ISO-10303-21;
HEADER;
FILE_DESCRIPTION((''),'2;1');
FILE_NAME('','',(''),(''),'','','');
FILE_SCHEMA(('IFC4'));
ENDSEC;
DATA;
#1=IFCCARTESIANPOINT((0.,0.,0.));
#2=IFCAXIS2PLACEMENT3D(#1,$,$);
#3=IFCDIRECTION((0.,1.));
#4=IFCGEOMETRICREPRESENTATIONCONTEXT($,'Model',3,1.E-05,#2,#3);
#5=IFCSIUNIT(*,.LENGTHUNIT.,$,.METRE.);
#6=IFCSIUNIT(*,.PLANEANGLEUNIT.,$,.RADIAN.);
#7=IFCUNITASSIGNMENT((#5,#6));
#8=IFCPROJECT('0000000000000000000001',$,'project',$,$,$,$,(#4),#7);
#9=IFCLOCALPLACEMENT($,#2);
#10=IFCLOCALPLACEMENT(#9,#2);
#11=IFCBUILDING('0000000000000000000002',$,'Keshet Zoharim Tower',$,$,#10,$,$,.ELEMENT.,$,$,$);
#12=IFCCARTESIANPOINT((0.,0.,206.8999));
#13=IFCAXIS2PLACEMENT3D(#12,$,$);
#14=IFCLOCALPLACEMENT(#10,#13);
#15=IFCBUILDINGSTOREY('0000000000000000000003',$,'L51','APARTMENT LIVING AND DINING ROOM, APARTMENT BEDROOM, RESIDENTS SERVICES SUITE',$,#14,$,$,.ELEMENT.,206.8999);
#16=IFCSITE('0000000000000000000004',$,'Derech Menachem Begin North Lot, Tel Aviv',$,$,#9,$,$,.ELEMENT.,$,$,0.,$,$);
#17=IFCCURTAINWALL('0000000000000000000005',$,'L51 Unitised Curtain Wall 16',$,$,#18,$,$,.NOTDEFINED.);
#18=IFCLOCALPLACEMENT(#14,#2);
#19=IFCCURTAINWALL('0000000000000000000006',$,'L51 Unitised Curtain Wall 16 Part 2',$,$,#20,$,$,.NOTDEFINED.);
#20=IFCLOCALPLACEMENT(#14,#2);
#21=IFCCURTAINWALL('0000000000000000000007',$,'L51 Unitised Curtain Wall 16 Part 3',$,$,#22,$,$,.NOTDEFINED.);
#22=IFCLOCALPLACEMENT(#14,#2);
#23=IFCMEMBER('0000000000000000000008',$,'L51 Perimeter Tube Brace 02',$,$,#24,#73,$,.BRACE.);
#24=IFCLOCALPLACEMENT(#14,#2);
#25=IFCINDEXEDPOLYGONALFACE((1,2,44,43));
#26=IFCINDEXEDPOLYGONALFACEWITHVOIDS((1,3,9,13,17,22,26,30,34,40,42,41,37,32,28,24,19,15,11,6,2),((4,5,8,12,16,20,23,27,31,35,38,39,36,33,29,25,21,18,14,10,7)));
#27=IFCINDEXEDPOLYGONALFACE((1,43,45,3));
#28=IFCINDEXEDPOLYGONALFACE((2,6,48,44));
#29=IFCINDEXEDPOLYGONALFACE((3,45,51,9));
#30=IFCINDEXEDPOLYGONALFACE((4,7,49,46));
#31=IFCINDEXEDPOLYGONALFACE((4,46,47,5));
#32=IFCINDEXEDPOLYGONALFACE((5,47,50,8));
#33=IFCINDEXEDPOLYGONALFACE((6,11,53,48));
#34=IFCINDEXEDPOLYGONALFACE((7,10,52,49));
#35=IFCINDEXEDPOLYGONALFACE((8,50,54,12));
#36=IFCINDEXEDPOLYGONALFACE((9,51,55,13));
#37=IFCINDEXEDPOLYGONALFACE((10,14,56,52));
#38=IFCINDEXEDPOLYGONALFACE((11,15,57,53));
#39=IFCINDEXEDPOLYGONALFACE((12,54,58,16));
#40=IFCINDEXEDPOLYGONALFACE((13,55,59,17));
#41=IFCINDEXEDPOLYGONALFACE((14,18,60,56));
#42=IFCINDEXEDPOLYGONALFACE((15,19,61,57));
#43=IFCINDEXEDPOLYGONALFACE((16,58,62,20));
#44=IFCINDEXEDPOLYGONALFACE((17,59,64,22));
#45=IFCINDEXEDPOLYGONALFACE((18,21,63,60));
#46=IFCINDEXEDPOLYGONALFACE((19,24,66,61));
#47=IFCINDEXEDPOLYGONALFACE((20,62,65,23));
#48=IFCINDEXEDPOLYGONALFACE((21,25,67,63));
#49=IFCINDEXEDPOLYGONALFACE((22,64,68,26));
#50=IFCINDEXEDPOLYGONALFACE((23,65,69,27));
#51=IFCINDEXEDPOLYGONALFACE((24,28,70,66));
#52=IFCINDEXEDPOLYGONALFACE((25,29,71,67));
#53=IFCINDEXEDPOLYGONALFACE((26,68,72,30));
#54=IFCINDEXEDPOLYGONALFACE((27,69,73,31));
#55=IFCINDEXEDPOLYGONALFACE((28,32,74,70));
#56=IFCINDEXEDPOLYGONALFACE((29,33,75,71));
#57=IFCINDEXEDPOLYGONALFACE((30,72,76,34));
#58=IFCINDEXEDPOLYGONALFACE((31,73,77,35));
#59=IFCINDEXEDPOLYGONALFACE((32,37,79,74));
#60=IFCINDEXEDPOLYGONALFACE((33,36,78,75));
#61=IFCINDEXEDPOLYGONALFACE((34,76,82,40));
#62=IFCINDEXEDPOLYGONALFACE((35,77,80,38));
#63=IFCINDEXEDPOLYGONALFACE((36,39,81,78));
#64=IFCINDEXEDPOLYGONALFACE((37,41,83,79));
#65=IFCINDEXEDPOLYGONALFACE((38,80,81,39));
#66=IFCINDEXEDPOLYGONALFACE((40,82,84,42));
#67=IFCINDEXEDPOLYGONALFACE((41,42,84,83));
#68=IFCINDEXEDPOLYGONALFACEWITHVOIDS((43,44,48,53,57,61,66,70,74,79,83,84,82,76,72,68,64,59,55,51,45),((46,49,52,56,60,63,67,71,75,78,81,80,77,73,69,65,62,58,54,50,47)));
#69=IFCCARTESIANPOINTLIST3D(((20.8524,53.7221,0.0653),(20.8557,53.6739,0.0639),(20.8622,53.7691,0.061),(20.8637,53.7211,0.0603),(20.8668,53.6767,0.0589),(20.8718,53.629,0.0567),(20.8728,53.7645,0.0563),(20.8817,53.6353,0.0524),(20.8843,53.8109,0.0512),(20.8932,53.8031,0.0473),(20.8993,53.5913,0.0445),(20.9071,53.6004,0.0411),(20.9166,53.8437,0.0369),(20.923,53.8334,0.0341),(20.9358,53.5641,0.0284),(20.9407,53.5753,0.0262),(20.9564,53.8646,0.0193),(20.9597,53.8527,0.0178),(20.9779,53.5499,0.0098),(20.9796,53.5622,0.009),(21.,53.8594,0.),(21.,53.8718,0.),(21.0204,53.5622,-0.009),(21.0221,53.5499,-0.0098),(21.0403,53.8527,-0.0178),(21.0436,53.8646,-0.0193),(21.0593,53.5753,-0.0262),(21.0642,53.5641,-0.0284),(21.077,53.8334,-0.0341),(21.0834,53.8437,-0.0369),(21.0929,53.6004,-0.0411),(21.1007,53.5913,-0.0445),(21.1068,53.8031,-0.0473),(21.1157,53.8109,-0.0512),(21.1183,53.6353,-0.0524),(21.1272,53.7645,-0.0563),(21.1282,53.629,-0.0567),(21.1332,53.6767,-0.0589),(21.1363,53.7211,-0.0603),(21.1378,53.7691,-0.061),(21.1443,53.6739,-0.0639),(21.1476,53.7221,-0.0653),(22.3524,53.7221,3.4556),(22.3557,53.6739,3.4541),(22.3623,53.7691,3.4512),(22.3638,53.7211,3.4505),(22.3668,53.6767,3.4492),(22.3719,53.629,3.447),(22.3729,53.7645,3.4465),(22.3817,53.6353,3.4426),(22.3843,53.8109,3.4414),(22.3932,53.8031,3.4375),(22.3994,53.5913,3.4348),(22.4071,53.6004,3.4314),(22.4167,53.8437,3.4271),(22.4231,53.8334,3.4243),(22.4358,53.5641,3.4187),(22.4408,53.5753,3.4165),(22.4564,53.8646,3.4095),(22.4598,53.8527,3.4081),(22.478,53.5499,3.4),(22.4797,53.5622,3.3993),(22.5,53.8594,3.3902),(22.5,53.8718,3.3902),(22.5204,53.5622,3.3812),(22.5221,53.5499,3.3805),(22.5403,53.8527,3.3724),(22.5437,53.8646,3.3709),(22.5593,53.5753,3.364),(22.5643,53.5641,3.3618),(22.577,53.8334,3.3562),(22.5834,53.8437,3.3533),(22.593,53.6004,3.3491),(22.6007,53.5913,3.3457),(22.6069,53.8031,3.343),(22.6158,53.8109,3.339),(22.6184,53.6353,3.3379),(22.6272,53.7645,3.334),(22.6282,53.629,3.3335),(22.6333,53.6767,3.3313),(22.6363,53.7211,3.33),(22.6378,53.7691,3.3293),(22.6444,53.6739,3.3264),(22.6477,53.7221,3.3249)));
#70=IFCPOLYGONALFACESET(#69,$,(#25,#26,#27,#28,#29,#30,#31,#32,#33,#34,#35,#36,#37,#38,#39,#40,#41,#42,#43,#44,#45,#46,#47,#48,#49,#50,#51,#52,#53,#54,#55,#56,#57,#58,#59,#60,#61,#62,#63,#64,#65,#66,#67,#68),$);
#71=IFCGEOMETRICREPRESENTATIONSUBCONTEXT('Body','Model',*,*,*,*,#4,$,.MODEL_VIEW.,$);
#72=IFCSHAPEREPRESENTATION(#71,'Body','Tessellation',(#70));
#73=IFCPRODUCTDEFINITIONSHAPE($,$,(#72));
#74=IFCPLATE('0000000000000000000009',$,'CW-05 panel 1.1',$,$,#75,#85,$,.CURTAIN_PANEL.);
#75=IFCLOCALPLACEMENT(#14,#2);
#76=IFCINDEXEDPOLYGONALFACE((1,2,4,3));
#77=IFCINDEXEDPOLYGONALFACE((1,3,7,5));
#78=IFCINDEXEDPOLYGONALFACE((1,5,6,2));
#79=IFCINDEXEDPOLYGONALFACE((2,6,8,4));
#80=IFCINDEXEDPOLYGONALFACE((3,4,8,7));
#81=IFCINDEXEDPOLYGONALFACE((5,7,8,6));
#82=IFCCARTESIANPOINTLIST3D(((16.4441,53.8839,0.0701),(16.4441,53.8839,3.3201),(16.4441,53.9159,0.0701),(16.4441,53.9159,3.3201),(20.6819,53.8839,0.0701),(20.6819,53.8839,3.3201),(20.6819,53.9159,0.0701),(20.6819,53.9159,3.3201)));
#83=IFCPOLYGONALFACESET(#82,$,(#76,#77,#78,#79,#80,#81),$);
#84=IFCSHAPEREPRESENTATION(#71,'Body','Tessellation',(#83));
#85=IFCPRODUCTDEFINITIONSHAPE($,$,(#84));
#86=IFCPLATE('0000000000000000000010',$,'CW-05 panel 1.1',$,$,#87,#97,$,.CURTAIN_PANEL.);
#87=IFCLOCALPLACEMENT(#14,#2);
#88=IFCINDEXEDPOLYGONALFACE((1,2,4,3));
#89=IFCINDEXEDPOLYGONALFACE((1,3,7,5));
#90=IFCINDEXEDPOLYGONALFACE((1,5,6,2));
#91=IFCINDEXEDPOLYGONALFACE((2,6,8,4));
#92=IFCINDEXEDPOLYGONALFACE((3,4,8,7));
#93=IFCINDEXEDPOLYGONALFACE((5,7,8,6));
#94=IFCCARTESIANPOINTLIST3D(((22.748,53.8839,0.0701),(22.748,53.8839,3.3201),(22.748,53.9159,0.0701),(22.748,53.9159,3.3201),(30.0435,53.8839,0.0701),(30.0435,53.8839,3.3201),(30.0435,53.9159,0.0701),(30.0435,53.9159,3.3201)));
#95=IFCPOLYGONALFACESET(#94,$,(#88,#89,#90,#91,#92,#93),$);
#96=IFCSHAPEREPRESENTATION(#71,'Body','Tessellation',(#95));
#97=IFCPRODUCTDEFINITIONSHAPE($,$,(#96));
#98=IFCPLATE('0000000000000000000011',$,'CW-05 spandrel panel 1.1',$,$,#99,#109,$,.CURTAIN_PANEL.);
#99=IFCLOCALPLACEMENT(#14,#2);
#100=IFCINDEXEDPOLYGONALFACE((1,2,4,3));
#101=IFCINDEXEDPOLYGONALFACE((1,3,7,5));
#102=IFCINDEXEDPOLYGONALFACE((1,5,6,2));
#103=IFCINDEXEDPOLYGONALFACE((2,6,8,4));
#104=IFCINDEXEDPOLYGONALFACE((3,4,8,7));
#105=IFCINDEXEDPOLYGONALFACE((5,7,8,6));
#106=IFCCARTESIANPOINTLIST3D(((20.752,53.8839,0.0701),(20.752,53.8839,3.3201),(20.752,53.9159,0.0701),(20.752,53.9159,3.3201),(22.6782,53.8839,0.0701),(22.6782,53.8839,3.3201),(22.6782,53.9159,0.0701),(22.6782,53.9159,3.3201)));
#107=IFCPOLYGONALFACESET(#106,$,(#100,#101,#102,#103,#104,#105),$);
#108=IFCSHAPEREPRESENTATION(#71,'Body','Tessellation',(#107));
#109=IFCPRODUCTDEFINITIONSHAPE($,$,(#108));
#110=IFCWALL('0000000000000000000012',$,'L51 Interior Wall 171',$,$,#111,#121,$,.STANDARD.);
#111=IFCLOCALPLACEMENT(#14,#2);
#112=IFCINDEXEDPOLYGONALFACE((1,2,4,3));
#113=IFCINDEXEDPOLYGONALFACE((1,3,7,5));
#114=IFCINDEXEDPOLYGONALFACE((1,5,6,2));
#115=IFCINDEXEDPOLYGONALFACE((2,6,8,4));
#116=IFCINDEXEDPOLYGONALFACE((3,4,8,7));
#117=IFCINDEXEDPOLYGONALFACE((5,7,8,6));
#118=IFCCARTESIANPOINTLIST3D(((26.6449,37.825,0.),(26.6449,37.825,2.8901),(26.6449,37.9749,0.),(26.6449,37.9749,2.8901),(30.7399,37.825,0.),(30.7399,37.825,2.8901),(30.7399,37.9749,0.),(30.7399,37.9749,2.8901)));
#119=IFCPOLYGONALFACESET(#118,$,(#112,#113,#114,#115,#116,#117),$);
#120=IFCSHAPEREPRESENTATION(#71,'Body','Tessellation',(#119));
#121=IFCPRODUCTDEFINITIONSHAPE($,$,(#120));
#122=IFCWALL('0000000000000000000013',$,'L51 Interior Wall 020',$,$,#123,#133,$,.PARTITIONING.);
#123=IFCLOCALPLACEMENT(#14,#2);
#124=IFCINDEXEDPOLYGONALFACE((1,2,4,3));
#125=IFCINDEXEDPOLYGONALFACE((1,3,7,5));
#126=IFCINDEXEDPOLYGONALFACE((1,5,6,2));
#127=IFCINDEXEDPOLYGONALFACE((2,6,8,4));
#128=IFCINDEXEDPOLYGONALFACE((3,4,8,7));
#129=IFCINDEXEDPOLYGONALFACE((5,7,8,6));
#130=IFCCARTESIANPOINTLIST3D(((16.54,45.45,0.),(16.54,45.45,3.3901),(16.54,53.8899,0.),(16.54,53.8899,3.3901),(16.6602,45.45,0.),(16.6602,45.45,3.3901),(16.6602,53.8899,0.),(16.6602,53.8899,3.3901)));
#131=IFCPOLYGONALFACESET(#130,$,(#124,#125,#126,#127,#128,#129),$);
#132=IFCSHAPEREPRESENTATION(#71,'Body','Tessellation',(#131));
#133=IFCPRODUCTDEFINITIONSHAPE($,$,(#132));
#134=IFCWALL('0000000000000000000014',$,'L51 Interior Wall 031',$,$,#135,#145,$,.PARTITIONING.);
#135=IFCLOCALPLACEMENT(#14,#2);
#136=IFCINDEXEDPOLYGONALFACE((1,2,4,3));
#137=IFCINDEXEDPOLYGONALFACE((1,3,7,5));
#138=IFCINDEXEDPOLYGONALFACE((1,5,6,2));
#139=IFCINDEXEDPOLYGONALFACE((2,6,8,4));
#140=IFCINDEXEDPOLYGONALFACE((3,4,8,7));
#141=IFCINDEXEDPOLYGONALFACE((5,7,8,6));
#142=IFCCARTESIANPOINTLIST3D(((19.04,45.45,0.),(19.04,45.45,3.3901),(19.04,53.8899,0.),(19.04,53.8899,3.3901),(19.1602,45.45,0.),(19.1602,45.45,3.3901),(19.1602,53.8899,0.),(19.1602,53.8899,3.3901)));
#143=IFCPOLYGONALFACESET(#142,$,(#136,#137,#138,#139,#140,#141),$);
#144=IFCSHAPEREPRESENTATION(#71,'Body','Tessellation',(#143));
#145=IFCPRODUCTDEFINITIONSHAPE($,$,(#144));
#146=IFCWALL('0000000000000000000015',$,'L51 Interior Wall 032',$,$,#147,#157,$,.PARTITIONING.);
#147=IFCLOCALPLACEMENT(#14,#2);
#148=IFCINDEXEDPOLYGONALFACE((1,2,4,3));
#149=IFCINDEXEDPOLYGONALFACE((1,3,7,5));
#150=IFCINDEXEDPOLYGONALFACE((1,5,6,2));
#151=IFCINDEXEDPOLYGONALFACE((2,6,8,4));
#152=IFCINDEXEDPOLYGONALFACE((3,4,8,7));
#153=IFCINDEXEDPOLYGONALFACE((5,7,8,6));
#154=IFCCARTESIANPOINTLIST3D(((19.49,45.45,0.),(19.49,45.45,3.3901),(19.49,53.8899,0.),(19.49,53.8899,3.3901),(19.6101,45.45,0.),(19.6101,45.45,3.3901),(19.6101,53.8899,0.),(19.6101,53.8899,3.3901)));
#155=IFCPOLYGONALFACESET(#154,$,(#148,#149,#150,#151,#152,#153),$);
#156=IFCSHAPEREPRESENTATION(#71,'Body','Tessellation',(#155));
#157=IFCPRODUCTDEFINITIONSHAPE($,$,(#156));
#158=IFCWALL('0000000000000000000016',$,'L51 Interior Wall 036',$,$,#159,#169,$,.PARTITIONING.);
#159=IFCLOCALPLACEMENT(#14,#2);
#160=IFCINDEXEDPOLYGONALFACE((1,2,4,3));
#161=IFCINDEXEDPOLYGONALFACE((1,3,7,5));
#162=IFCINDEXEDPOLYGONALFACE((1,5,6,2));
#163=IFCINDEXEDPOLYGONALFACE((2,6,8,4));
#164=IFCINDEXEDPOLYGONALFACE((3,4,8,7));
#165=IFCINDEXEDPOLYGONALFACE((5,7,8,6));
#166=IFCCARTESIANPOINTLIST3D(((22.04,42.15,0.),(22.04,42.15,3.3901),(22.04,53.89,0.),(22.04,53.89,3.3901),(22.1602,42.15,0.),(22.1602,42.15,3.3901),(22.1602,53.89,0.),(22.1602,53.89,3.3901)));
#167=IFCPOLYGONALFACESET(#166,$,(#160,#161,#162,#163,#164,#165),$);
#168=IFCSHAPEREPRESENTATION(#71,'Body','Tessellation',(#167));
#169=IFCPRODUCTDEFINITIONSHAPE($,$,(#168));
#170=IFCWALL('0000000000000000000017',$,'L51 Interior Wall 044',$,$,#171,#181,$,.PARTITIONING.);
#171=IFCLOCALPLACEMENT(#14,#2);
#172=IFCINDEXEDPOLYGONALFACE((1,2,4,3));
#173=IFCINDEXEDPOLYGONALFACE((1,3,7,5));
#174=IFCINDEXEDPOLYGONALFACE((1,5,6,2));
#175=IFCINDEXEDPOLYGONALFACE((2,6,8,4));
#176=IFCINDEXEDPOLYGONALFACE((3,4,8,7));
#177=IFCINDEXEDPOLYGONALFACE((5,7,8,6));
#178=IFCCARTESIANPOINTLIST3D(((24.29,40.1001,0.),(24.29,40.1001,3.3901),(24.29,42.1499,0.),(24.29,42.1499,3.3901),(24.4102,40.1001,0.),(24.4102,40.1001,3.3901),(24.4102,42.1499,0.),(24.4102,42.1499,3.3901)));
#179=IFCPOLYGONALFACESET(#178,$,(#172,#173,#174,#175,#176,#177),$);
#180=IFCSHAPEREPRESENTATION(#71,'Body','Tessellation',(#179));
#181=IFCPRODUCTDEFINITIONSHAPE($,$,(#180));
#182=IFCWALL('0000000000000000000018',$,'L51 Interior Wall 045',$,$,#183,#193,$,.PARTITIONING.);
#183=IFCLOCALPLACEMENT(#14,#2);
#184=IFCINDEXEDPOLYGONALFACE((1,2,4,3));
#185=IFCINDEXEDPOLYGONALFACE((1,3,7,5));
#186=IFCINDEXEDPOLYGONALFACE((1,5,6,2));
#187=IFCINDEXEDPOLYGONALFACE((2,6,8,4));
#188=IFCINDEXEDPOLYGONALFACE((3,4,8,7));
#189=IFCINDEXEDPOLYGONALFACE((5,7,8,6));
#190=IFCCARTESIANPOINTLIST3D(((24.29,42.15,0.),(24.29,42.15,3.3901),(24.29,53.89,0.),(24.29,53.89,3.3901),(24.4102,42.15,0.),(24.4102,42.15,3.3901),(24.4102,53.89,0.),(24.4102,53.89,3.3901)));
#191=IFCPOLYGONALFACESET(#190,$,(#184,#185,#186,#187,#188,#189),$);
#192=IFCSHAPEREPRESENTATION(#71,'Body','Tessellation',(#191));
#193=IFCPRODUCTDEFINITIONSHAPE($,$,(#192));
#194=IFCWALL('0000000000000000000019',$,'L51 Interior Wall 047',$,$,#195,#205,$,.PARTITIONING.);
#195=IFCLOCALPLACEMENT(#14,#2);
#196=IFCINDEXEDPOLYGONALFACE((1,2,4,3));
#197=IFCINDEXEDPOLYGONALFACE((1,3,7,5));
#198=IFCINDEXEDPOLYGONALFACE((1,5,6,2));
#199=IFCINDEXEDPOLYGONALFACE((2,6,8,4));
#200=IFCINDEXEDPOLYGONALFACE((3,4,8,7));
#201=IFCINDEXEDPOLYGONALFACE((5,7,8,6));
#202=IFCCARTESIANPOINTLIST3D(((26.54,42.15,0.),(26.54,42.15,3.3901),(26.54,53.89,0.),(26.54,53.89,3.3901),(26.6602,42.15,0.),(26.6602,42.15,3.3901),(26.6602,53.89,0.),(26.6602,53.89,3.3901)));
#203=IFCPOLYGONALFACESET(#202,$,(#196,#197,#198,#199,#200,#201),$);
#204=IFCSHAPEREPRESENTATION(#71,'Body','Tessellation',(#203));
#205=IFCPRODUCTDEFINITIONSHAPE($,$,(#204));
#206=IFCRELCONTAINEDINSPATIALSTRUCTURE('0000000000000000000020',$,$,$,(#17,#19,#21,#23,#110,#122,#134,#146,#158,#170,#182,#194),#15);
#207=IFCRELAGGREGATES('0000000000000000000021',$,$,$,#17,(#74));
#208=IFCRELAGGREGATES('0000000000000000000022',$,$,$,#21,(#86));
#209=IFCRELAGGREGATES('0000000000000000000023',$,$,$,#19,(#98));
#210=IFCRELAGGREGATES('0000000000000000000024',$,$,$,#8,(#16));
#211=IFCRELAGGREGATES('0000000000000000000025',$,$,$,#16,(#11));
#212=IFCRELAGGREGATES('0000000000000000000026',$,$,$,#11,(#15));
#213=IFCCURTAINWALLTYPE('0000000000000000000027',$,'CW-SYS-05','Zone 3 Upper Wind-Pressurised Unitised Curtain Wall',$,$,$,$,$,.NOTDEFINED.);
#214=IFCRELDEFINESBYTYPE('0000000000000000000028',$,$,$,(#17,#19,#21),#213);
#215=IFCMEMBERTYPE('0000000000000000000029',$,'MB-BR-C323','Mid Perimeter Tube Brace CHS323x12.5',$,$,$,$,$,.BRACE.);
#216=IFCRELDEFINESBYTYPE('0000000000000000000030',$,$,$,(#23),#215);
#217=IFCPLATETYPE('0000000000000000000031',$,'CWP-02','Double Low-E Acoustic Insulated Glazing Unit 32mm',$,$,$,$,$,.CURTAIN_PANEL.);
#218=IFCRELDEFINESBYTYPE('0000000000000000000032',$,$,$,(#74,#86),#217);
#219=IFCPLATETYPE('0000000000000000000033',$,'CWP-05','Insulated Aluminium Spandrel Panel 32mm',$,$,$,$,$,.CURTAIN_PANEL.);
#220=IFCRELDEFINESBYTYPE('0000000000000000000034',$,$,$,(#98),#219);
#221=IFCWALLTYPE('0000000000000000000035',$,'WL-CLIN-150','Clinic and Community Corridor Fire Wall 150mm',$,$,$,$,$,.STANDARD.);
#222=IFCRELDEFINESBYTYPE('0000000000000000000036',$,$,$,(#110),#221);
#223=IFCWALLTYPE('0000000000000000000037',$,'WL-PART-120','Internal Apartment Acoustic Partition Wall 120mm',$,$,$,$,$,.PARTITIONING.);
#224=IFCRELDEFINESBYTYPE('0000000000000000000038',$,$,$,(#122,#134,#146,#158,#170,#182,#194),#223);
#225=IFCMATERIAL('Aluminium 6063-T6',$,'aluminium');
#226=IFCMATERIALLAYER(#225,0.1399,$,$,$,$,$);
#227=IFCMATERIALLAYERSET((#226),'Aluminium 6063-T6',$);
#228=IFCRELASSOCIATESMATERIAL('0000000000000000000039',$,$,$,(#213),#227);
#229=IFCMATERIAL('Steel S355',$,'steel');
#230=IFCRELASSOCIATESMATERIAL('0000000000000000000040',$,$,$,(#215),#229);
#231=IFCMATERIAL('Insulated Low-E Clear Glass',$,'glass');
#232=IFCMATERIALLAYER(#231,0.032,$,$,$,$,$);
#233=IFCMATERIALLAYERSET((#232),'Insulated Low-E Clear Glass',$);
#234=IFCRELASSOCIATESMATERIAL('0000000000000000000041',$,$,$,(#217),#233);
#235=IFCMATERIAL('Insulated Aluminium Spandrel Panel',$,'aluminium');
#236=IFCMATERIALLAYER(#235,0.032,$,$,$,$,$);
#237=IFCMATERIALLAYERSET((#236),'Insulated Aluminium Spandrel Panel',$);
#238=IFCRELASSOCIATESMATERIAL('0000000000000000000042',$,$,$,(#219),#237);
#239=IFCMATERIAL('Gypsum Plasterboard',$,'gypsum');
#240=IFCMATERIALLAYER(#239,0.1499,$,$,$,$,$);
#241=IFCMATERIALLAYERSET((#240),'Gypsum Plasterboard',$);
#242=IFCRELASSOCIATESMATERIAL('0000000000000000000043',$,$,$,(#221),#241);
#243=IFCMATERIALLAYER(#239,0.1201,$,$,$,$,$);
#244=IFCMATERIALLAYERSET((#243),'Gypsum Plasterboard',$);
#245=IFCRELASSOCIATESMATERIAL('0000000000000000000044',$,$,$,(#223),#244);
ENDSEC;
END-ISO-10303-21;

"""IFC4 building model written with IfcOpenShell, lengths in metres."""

from ifc_helpers import new_model, si_unit, direction, frame, frame_2d, origin, origin_2d, place, context, subcontext, project, spatial, rectangle, hollow_circle, extrude, material, layer, layer_set, material_profile, profile_set, type_object, element, aggregate, save


model = new_model("IFC4")

# Units and contexts
model_context = context("Model", 3, precision=1e-05, world=origin(), true_north=direction((0.0, 1.0)))
body_context = subcontext(model_context, "Body", "Model", "MODEL_VIEW")
ifc_project = project(units=[si_unit("LENGTHUNIT", "METRE"), si_unit("PLANEANGLEUNIT", "RADIAN")], contexts=[model_context])

# Site, building, storey
site_placement = place(None, origin())
site = spatial("IfcSite", under=ifc_project, at=site_placement, Name="Derech Menachem Begin North Lot, Tel Aviv", CompositionType="ELEMENT", RefElevation=0.0)
building_placement = place(site_placement, origin())
building = spatial("IfcBuilding", under=site, at=building_placement, Name="Keshet Zoharim Tower", CompositionType="ELEMENT")
storey_placement = place(building_placement, frame((0.0, 0.0, 206.8999)))
storey = spatial("IfcBuildingStorey", under=building, at=storey_placement, Name="L51", Description="APARTMENT LIVING AND DINING ROOM, APARTMENT BEDROOM, RESIDENTS SERVICES SUITE", CompositionType="ELEMENT", Elevation=206.8999)

# Shared definitions
ifc_material_1 = material(Name="Steel S355", Category="steel")

# Curtain walls
ifc_material_2 = material(Name="Aluminium 6063-T6", Category="aluminium")
ifc_layer_1 = layer(ifc_material_2, 0.1399)
ifc_layer_set_1 = layer_set([ifc_layer_1], Name="Aluminium 6063-T6")
curtain_wall_type = type_object("IfcCurtainWallType", Name="CW-SYS-05", Description="Zone 3 Upper Wind-Pressurised Unitised Curtain Wall", PredefinedType="NOTDEFINED", material=ifc_layer_set_1)
curtain_wall_1_placement = place(storey_placement, origin())
curtain_wall_1 = element("IfcCurtainWall", 1, at=curtain_wall_1_placement, inside=storey, type_object=curtain_wall_type, Name="L51 Unitised Curtain Wall 16", PredefinedType="NOTDEFINED")
curtain_wall_2_placement = place(storey_placement, origin())
curtain_wall_2 = element("IfcCurtainWall", 2, at=curtain_wall_2_placement, inside=storey, type_object=curtain_wall_type, Name="L51 Unitised Curtain Wall 16 Part 2", PredefinedType="NOTDEFINED")

# Curtain wall
curtain_wall_3_placement = place(storey_placement, origin())
curtain_wall_3 = element("IfcCurtainWall", 3, at=curtain_wall_3_placement, inside=storey, type_object=curtain_wall_type, Name="L51 Unitised Curtain Wall 16 Part 3", PredefinedType="NOTDEFINED")

# Member
ifc_material_profile_1 = material_profile(ifc_material_1, hollow_circle(Radius=0.1619, WallThickness=0.0125, at=origin_2d()), Name="CHS323x12.5")
ifc_profile_set_1 = profile_set([ifc_material_profile_1], Name="Steel S355")
member_type_1 = type_object("IfcMemberType", Name="MB-BR-C323", Description="Mid Perimeter Tube Brace CHS323x12.5", PredefinedType="BRACE", material=ifc_profile_set_1)
member_1_placement = place(storey_placement, frame((21.0, 53.71, 0.0), z_axis=(0.404623, 0.0, 0.914484), x_axis=(0.0, 1.0, 0.0)))
element("IfcMember", 4, at=member_1_placement, inside=storey, type_object=member_type_1, Name="L51 Perimeter Tube Brace 02", PredefinedType="BRACE", context=body_context, shape_type="SweptSolid", body=[
    extrude(hollow_circle(Radius=0.1619, WallThickness=0.0125, at=origin_2d()), origin(), (0.0, 0.0, 1.0), 3.7073),
])

# Plates
ifc_material_3 = material(Name="Insulated Low-E Clear Glass", Category="glass")
ifc_layer_2 = layer(ifc_material_3, 0.032)
ifc_layer_set_2 = layer_set([ifc_layer_2], Name="Insulated Low-E Clear Glass")
plate_type_1 = type_object("IfcPlateType", Name="CWP-02", Description="Double Low-E Acoustic Insulated Glazing Unit 32mm", PredefinedType="CURTAIN_PANEL", material=ifc_layer_set_2)
plate_1_placement = place(storey_placement, frame((18.563, 53.8999, 0.0701), z_axis=(0.0, 0.0, 1.0), x_axis=(1.0, 0.0, 0.0)))
plate_1 = element("IfcPlate", 5, at=plate_1_placement, type_object=plate_type_1, Name="CW-05 panel 1.1", PredefinedType="CURTAIN_PANEL", context=body_context, shape_type="SweptSolid", body=[
    extrude(rectangle(XDim=4.2378, YDim=0.032, at=origin_2d()), origin(), (0.0, 0.0, 1.0), 3.25),
])
aggregate(curtain_wall_1, [plate_1])
plate_2_placement = place(storey_placement, frame((26.3958, 53.8999, 0.0701), z_axis=(0.0, 0.0, 1.0), x_axis=(1.0, 0.0, 0.0)))
plate_2 = element("IfcPlate", 6, at=plate_2_placement, type_object=plate_type_1, Name="CW-05 panel 1.1", PredefinedType="CURTAIN_PANEL", context=body_context, shape_type="SweptSolid", body=[
    extrude(rectangle(XDim=7.2954, YDim=0.032, at=origin_2d()), origin(), (0.0, 0.0, 1.0), 3.25),
])
aggregate(curtain_wall_3, [plate_2])
ifc_material_4 = material(Name="Insulated Aluminium Spandrel Panel", Category="aluminium")
ifc_layer_3 = layer(ifc_material_4, 0.032)
ifc_layer_set_3 = layer_set([ifc_layer_3], Name="Insulated Aluminium Spandrel Panel")
plate_type_2 = type_object("IfcPlateType", Name="CWP-05", Description="Insulated Aluminium Spandrel Panel 32mm", PredefinedType="CURTAIN_PANEL", material=ifc_layer_set_3)
plate_3_placement = place(storey_placement, frame((21.7151, 53.8999, 0.0701), z_axis=(0.0, 0.0, 1.0), x_axis=(1.0, 0.0, 0.0)))
plate_3 = element("IfcPlate", 7, at=plate_3_placement, type_object=plate_type_2, Name="CW-05 spandrel panel 1.1", PredefinedType="CURTAIN_PANEL", context=body_context, shape_type="SweptSolid", body=[
    extrude(rectangle(XDim=1.9263, YDim=0.032, at=origin_2d()), origin(), (0.0, 0.0, 1.0), 3.25),
])
aggregate(curtain_wall_2, [plate_3])

# Wall
ifc_material_5 = material(Name="Gypsum Plasterboard", Category="gypsum")
ifc_layer_4 = layer(ifc_material_5, 0.1499)
ifc_layer_set_4 = layer_set([ifc_layer_4], Name="Gypsum Plasterboard")
wall_type_1 = type_object("IfcWallType", Name="WL-CLIN-150", Description="Clinic and Community Corridor Fire Wall 150mm", PredefinedType="STANDARD", material=ifc_layer_set_4)
wall_1_placement = place(storey_placement, frame((26.645, 37.8999, 0.0), z_axis=(0.0, 0.0, 1.0), x_axis=(1.0, 0.0, 0.0)))
element("IfcWall", 8, at=wall_1_placement, inside=storey, type_object=wall_type_1, Name="L51 Interior Wall 171", PredefinedType="STANDARD", context=body_context, shape_type="SweptSolid", body=[
    extrude(rectangle(XDim=4.095, YDim=0.1499, at=frame_2d((2.0474, 0.0))), origin(), (0.0, 0.0, 1.0), 2.8901),
])

# Walls
ifc_layer_5 = layer(ifc_material_5, 0.1201)
ifc_layer_set_5 = layer_set([ifc_layer_5], Name="Gypsum Plasterboard")
wall_type_2 = type_object("IfcWallType", Name="WL-PART-120", Description="Internal Apartment Acoustic Partition Wall 120mm", PredefinedType="PARTITIONING", material=ifc_layer_set_5)
for number, where, z_axis, x_axis, name in (
    (9, (16.6001, 45.45, 0.0), (0.0, 0.0, 1.0), (0.0, 1.0, 0.0), "L51 Interior Wall 020"),
    (10, (19.1001, 45.45, 0.0), (0.0, 0.0, 1.0), (0.0, 1.0, 0.0), "L51 Interior Wall 031"),
    (11, (19.55, 45.45, 0.0), (0.0, 0.0, 1.0), (0.0, 1.0, 0.0), "L51 Interior Wall 032"),
):
    element("IfcWall", number, at=place(storey_placement, frame(where, z_axis=z_axis, x_axis=x_axis)), inside=storey, type_object=wall_type_2, Name=name, PredefinedType="PARTITIONING", context=body_context, shape_type="SweptSolid", body=[
        extrude(rectangle(XDim=8.4399, YDim=0.1201, at=frame_2d((4.22, 0.0))), origin(), (0.0, 0.0, 1.0), 3.3901),
    ])
wall_2_placement = place(storey_placement, frame((22.1001, 42.1499, 0.0), z_axis=(0.0, 0.0, 1.0), x_axis=(0.0, 1.0, 0.0)))
element("IfcWall", 12, at=wall_2_placement, inside=storey, type_object=wall_type_2, Name="L51 Interior Wall 036", PredefinedType="PARTITIONING", context=body_context, shape_type="SweptSolid", body=[
    extrude(rectangle(XDim=11.74, YDim=0.1201, at=frame_2d((5.8701, 0.0))), origin(), (0.0, 0.0, 1.0), 3.3901),
])
wall_3_placement = place(storey_placement, frame((24.3501, 40.1001, 0.0), z_axis=(0.0, 0.0, 1.0), x_axis=(0.0, 1.0, 0.0)))
element("IfcWall", 13, at=wall_3_placement, inside=storey, type_object=wall_type_2, Name="L51 Interior Wall 044", PredefinedType="PARTITIONING", context=body_context, shape_type="SweptSolid", body=[
    extrude(rectangle(XDim=2.0498, YDim=0.1201, at=frame_2d((1.0249, 0.0))), origin(), (0.0, 0.0, 1.0), 3.3901),
])
for number, where, z_axis, x_axis, name in (
    (14, (24.3501, 42.1499, 0.0), (0.0, 0.0, 1.0), (0.0, 1.0, 0.0), "L51 Interior Wall 045"),
    (15, (26.6001, 42.1499, 0.0), (0.0, 0.0, 1.0), (0.0, 1.0, 0.0), "L51 Interior Wall 047"),
):
    element("IfcWall", number, at=place(storey_placement, frame(where, z_axis=z_axis, x_axis=x_axis)), inside=storey, type_object=wall_type_2, Name=name, PredefinedType="PARTITIONING", context=body_context, shape_type="SweptSolid", body=[
        extrude(rectangle(XDim=11.74, YDim=0.1201, at=frame_2d((5.8701, 0.0))), origin(), (0.0, 0.0, 1.0), 3.3901),
    ])

save(model, "model.ifc")
